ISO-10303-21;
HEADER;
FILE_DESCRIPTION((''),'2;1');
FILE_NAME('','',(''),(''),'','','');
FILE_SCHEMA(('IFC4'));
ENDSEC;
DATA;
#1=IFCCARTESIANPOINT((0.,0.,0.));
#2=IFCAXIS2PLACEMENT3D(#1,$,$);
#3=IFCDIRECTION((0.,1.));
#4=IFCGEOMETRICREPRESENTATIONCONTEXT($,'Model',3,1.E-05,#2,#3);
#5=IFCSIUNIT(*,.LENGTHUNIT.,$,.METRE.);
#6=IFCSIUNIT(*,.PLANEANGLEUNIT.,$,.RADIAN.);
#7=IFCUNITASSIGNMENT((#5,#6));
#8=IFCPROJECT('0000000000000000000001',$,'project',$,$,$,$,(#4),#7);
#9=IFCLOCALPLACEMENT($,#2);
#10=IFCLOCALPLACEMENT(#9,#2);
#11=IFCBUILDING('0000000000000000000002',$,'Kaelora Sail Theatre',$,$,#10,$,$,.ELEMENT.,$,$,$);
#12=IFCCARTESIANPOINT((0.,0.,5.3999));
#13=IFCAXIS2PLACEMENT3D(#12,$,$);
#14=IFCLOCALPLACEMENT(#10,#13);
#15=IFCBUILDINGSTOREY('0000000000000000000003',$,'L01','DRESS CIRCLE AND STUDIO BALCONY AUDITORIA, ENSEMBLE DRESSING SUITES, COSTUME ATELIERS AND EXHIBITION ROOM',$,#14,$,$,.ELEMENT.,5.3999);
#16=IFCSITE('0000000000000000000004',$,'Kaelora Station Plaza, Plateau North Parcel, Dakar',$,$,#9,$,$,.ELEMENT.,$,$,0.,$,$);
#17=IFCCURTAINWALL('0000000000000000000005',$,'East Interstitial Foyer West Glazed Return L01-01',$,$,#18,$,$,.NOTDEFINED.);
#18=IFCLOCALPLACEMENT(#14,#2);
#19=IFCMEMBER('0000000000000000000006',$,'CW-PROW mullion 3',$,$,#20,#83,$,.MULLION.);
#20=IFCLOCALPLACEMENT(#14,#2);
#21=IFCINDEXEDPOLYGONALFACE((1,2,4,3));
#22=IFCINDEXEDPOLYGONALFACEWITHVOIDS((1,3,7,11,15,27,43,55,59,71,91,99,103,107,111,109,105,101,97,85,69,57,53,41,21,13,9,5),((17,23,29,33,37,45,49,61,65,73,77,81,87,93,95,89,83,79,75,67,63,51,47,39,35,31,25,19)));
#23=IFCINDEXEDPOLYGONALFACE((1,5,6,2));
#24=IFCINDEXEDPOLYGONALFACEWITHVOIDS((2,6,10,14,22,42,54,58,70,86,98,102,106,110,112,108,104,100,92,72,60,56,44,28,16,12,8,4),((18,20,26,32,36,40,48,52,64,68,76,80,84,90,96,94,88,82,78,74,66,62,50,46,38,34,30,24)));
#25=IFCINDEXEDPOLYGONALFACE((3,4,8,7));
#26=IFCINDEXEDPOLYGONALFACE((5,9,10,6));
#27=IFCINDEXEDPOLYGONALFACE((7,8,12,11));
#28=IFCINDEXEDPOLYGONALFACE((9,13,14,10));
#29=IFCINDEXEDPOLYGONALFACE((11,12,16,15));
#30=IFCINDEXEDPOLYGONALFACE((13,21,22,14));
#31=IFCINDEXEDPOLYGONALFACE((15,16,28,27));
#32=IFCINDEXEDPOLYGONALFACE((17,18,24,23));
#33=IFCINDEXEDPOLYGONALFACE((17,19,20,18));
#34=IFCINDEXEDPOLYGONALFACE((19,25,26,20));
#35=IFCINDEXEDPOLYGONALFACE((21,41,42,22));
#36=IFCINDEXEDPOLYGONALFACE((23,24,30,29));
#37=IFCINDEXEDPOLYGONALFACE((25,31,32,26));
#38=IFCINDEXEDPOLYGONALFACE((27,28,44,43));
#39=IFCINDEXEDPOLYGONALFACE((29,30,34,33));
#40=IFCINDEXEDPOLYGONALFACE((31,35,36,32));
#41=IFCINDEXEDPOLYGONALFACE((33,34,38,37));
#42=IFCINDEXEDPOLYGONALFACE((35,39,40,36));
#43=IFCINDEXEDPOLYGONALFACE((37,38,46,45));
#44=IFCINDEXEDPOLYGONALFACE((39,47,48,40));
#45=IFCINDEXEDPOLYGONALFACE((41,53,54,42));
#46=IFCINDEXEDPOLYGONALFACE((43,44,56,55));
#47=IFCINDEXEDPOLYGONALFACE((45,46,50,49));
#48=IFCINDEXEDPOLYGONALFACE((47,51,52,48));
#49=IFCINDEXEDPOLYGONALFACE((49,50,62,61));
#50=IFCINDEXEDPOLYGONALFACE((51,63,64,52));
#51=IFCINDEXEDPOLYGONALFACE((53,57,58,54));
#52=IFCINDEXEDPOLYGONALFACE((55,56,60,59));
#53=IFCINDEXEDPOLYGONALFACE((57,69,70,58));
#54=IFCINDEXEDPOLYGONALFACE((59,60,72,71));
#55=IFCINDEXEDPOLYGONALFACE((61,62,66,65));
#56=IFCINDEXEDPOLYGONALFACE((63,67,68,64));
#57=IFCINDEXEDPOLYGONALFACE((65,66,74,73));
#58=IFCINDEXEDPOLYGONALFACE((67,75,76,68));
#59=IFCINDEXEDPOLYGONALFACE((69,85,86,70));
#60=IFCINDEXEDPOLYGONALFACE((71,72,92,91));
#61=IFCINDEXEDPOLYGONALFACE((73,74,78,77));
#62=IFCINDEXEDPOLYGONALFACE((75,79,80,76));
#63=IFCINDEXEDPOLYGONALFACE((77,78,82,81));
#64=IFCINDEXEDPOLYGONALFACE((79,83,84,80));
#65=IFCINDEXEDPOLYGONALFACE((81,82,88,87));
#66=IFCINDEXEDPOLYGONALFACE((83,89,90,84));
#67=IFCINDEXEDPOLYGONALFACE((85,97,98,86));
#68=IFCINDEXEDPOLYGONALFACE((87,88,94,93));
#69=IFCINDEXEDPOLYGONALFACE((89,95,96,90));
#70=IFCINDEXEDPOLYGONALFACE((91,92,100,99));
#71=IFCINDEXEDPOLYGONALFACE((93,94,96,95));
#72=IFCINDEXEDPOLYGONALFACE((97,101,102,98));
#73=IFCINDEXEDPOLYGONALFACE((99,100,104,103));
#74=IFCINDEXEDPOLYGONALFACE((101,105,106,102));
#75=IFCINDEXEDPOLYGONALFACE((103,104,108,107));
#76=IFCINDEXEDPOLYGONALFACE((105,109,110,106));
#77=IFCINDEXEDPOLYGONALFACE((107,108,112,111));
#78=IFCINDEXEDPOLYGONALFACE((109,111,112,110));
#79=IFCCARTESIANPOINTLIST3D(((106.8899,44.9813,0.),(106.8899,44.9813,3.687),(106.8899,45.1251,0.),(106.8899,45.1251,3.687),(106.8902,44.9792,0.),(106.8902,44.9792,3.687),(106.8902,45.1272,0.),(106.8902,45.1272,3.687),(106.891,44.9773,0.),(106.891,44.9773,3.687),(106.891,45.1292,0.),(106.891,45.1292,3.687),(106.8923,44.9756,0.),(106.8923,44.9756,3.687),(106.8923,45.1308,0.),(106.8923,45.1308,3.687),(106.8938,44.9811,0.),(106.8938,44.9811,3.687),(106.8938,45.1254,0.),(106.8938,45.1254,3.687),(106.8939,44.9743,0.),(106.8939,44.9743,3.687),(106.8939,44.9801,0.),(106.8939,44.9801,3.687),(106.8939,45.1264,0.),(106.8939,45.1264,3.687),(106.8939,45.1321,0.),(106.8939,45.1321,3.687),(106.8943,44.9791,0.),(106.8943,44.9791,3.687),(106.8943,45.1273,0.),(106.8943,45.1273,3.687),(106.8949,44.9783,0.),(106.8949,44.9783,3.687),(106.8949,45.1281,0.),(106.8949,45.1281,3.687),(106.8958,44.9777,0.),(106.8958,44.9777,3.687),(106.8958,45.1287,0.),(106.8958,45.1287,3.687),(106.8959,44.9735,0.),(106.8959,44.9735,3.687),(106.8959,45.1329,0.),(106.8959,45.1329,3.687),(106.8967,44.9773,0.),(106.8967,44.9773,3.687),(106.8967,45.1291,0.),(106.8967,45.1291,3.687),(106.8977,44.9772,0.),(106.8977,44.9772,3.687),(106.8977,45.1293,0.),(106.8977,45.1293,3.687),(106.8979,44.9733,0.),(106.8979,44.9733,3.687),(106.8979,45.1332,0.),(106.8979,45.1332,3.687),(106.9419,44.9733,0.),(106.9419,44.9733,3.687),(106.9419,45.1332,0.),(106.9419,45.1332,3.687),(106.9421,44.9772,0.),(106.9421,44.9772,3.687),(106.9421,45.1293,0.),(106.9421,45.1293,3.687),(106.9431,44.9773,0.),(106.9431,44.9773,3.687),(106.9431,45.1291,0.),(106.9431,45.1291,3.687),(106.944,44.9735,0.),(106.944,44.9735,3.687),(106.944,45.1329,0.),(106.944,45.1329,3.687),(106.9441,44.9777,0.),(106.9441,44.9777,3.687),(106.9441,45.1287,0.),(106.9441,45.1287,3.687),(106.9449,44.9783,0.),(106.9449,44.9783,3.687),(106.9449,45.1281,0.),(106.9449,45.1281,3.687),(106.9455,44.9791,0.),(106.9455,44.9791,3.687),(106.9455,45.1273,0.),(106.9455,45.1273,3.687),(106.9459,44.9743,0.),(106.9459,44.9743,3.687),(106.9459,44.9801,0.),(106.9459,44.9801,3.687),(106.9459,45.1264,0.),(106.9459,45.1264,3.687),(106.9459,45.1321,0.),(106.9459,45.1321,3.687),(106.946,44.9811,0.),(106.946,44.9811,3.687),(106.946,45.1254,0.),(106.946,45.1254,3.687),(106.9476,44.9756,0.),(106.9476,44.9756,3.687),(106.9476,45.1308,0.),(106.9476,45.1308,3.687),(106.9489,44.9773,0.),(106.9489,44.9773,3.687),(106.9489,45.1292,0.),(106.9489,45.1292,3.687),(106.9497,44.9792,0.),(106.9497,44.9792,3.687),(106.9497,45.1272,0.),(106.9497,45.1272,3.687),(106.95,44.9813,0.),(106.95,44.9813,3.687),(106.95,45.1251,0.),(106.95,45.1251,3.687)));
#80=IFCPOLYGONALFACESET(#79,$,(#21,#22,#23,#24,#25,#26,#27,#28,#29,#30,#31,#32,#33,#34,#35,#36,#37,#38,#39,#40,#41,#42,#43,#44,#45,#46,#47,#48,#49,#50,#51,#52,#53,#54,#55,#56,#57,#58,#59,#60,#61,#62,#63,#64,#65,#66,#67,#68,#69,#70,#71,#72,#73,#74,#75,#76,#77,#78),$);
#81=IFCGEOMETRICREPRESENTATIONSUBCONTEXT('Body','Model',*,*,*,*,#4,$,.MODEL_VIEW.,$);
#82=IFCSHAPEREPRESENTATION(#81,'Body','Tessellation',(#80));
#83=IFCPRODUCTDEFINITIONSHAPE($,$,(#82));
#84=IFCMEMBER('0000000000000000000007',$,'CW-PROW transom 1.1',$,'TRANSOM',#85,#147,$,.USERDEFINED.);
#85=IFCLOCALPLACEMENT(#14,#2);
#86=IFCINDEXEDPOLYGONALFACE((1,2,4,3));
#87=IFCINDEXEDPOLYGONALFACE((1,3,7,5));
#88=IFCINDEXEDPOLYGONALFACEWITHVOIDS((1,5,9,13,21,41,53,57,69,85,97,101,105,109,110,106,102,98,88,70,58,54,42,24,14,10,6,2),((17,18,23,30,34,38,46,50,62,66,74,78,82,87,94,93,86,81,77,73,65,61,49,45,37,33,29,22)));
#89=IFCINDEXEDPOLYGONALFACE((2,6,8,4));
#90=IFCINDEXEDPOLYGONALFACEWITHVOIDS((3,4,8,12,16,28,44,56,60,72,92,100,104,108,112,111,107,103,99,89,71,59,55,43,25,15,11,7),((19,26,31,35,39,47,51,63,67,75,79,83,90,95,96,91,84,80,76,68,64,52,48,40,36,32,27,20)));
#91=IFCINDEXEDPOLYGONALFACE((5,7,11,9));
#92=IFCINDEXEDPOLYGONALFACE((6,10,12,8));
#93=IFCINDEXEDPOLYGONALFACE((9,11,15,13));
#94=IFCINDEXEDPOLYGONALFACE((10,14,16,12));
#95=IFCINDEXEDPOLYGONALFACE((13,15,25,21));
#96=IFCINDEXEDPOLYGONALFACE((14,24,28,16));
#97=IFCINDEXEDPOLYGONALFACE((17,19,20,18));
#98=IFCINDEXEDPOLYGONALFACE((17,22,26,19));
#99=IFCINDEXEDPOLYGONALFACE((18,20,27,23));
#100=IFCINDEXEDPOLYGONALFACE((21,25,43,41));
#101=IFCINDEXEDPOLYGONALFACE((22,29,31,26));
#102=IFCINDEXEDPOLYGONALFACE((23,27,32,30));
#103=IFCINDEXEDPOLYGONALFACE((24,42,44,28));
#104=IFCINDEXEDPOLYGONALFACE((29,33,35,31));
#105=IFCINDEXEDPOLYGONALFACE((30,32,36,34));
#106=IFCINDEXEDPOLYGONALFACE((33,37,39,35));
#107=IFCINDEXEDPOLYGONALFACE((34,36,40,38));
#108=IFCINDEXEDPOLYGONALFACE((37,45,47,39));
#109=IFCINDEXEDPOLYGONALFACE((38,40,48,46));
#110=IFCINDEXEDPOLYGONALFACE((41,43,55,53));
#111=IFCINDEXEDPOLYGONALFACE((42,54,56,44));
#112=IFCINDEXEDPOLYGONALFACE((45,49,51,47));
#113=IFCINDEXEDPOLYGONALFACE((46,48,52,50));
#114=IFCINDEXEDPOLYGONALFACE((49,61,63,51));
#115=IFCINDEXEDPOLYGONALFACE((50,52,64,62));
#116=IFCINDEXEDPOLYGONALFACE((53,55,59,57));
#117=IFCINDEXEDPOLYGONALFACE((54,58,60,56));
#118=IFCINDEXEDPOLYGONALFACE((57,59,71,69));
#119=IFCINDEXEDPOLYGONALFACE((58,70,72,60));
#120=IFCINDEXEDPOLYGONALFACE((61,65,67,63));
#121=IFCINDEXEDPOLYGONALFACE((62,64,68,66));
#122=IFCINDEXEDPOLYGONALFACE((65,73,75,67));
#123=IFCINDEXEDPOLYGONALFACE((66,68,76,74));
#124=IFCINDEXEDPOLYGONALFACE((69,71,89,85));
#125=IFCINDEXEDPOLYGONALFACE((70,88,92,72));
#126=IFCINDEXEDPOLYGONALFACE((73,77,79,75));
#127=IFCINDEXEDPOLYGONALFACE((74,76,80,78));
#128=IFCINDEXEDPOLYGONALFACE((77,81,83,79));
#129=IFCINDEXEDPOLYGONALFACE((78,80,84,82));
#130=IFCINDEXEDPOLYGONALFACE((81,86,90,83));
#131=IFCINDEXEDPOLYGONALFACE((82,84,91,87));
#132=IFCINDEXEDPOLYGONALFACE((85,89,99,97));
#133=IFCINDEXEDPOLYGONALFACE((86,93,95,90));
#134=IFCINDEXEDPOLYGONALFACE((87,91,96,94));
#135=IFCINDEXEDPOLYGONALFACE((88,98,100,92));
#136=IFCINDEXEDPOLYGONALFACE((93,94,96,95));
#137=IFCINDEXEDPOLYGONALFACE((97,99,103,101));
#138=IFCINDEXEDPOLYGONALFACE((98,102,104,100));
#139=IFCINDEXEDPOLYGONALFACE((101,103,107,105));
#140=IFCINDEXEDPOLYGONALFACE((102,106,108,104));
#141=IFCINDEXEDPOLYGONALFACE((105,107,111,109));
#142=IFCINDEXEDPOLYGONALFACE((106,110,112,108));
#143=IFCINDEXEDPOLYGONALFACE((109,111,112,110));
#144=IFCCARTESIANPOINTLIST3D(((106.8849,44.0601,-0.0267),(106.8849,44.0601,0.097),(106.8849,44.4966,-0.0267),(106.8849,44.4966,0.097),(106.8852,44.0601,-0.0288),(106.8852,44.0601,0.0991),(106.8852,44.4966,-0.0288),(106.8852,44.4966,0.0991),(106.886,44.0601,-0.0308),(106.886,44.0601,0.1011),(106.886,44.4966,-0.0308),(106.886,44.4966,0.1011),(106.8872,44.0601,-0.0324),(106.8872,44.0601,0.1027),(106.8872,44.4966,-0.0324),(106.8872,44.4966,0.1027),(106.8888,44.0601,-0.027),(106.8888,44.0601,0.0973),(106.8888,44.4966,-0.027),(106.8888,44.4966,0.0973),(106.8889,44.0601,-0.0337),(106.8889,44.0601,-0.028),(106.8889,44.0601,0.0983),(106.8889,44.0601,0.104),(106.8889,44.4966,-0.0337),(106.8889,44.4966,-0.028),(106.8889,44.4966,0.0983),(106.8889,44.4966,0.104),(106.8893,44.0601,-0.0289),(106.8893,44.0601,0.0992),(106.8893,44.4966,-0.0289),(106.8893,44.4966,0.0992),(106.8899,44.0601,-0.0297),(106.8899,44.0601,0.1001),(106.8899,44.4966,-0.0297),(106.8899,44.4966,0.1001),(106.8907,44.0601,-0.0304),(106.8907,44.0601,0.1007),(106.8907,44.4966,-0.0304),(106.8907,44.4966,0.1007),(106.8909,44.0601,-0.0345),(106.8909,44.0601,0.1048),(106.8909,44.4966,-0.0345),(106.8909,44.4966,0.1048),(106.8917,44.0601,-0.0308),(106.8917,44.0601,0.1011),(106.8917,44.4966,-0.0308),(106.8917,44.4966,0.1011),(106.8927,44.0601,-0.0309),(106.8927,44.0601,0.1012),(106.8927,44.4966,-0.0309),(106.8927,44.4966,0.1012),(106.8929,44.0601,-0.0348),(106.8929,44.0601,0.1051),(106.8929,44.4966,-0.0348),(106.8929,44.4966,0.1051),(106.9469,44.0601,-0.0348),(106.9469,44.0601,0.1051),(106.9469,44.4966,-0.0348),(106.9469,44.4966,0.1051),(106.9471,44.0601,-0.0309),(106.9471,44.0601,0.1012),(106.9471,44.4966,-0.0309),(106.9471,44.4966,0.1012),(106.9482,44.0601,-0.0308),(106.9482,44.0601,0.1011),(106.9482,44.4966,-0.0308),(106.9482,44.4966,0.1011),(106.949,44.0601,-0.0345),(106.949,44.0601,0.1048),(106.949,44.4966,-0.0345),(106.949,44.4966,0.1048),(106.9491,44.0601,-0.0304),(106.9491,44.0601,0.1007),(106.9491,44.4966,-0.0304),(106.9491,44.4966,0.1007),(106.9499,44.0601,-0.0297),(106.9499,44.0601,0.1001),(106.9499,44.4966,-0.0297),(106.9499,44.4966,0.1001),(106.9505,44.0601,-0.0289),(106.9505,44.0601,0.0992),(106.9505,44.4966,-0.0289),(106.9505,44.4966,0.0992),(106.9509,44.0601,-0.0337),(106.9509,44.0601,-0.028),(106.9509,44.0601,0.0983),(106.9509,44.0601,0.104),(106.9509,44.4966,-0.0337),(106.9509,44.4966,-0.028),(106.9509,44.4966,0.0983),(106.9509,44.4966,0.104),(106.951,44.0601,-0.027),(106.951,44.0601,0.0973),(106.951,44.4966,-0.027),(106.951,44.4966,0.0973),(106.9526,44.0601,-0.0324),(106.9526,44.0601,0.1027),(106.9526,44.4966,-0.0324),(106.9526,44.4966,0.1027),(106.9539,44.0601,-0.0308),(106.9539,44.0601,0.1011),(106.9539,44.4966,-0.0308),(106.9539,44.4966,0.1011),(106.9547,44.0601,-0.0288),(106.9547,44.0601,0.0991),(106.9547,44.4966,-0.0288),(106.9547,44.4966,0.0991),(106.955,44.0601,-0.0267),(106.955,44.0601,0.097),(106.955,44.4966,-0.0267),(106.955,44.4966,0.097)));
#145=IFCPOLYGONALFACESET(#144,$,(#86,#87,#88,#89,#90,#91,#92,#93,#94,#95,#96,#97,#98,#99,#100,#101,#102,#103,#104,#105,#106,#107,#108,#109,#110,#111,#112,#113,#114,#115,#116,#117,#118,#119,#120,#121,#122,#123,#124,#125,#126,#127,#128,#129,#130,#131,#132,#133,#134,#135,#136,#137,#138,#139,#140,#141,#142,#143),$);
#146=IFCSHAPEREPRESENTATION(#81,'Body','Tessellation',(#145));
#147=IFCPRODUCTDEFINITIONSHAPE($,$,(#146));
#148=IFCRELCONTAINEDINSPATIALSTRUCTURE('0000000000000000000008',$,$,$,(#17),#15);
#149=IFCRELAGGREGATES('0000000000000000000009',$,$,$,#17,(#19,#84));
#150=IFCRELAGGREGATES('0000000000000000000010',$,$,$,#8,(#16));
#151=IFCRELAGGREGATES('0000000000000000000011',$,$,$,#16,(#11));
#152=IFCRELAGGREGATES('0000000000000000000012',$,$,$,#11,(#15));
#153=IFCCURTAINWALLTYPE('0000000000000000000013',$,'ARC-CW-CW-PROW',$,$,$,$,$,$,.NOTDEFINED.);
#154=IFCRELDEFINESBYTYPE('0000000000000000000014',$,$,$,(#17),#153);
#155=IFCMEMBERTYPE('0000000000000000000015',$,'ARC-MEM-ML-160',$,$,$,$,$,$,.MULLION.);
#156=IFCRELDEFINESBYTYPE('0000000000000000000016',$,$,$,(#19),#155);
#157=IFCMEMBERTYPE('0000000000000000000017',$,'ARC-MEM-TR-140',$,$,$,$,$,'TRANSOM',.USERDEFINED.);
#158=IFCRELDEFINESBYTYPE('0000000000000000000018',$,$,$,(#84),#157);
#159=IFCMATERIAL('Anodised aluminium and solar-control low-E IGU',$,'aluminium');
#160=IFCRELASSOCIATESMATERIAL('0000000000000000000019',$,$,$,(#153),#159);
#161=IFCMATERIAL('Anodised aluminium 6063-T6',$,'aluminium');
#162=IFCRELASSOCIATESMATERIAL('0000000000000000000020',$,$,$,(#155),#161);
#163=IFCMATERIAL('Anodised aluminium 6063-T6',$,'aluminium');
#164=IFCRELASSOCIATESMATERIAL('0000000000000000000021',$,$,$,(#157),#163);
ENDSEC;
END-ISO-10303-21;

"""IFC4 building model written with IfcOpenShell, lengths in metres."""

from ifc_helpers import new_model, si_unit, direction, frame, origin, origin_2d, place, context, subcontext, project, spatial, hollow_rectangle, extrude, material, material_profile, profile_set, type_object, element, aggregate, save


model = new_model("IFC4")

# Units and contexts
model_context = context("Model", 3, precision=1e-05, world=origin(), true_north=direction((0.0, 1.0)))
body_context = subcontext(model_context, "Body", "Model", "MODEL_VIEW")
ifc_project = project(units=[si_unit("LENGTHUNIT", "METRE"), si_unit("PLANEANGLEUNIT", "RADIAN")], contexts=[model_context])

# Site, building, storey
site_placement = place(None, origin())
site = spatial("IfcSite", under=ifc_project, at=site_placement, Name="Kaelora Station Plaza, Plateau North Parcel, Dakar", CompositionType="ELEMENT", RefElevation=0.0)
building_placement = place(site_placement, origin())
building = spatial("IfcBuilding", under=site, at=building_placement, Name="Kaelora Sail Theatre", CompositionType="ELEMENT")
storey_placement = place(building_placement, frame((0.0, 0.0, 5.3999)))
storey = spatial("IfcBuildingStorey", under=building, at=storey_placement, Name="L01", Description="DRESS CIRCLE AND STUDIO BALCONY AUDITORIA, ENSEMBLE DRESSING SUITES, COSTUME ATELIERS AND EXHIBITION ROOM", CompositionType="ELEMENT", Elevation=5.3999)

# Curtain wall, members
ifc_material_1 = material(Name="Anodised aluminium and solar-control low-E IGU", Category="aluminium")
curtain_wall_type = type_object("IfcCurtainWallType", Name="ARC-CW-CW-PROW", PredefinedType="NOTDEFINED", material=ifc_material_1)
curtain_wall_placement = place(storey_placement, origin())
curtain_wall = element("IfcCurtainWall", 1, at=curtain_wall_placement, inside=storey, type_object=curtain_wall_type, Name="East Interstitial Foyer West Glazed Return L01-01", PredefinedType="NOTDEFINED")
ifc_material_2 = material(Name="Anodised aluminium 6063-T6", Category="aluminium")
ifc_material_profile_1 = material_profile(ifc_material_2, hollow_rectangle(XDim=0.0601, YDim=0.1599, WallThickness=0.0039, InnerFilletRadius=0.0039, OuterFilletRadius=0.0081, at=origin_2d()), Name="ALU-MULL 60x160x4")
ifc_profile_set_1 = profile_set([ifc_material_profile_1], Name="Anodised aluminium 6063-T6")
member_type_1 = type_object("IfcMemberType", Name="ARC-MEM-ML-160", PredefinedType="MULLION", material=ifc_profile_set_1)
member_1_placement = place(storey_placement, frame((106.9199, 45.0532, 0.0), z_axis=(0.0, 0.0, 1.0), x_axis=(-1.0, 0.0, 0.0)))
member_1 = element("IfcMember", 2, at=member_1_placement, type_object=member_type_1, Name="CW-PROW mullion 3", PredefinedType="MULLION", context=body_context, shape_type="SweptSolid", body=[
    extrude(hollow_rectangle(XDim=0.0601, YDim=0.1599, WallThickness=0.0039, InnerFilletRadius=0.0039, OuterFilletRadius=0.0081, at=origin_2d()), origin(), (0.0, 0.0, 1.0), 3.687),
])
ifc_material_3 = material(Name="Anodised aluminium 6063-T6", Category="aluminium")
ifc_material_profile_2 = material_profile(ifc_material_3, hollow_rectangle(XDim=0.0701, YDim=0.1399, WallThickness=0.0039, InnerFilletRadius=0.0039, OuterFilletRadius=0.0081, at=origin_2d()), Name="ALU-TRAN 70x140x4")
ifc_profile_set_2 = profile_set([ifc_material_profile_2], Name="Anodised aluminium 6063-T6")
member_type_2 = type_object("IfcMemberType", Name="ARC-MEM-TR-140", ElementType="TRANSOM", PredefinedType="USERDEFINED", material=ifc_profile_set_2)
member_2_placement = place(storey_placement, frame((106.9199, 44.0601, 0.0352), z_axis=(0.0, 1.0, 0.0), x_axis=(-1.0, 0.0, 0.0)))
member_2 = element("IfcMember", 3, at=member_2_placement, type_object=member_type_2, Name="CW-PROW transom 1.1", ObjectType="TRANSOM", PredefinedType="USERDEFINED", context=body_context, shape_type="SweptSolid", body=[
    extrude(hollow_rectangle(XDim=0.0701, YDim=0.1399, WallThickness=0.0039, InnerFilletRadius=0.0039, OuterFilletRadius=0.0081, at=origin_2d()), origin(), (0.0, 0.0, 1.0), 0.4365),
])

aggregate(curtain_wall, [member_1, member_2])

save(model, "model.ifc")
